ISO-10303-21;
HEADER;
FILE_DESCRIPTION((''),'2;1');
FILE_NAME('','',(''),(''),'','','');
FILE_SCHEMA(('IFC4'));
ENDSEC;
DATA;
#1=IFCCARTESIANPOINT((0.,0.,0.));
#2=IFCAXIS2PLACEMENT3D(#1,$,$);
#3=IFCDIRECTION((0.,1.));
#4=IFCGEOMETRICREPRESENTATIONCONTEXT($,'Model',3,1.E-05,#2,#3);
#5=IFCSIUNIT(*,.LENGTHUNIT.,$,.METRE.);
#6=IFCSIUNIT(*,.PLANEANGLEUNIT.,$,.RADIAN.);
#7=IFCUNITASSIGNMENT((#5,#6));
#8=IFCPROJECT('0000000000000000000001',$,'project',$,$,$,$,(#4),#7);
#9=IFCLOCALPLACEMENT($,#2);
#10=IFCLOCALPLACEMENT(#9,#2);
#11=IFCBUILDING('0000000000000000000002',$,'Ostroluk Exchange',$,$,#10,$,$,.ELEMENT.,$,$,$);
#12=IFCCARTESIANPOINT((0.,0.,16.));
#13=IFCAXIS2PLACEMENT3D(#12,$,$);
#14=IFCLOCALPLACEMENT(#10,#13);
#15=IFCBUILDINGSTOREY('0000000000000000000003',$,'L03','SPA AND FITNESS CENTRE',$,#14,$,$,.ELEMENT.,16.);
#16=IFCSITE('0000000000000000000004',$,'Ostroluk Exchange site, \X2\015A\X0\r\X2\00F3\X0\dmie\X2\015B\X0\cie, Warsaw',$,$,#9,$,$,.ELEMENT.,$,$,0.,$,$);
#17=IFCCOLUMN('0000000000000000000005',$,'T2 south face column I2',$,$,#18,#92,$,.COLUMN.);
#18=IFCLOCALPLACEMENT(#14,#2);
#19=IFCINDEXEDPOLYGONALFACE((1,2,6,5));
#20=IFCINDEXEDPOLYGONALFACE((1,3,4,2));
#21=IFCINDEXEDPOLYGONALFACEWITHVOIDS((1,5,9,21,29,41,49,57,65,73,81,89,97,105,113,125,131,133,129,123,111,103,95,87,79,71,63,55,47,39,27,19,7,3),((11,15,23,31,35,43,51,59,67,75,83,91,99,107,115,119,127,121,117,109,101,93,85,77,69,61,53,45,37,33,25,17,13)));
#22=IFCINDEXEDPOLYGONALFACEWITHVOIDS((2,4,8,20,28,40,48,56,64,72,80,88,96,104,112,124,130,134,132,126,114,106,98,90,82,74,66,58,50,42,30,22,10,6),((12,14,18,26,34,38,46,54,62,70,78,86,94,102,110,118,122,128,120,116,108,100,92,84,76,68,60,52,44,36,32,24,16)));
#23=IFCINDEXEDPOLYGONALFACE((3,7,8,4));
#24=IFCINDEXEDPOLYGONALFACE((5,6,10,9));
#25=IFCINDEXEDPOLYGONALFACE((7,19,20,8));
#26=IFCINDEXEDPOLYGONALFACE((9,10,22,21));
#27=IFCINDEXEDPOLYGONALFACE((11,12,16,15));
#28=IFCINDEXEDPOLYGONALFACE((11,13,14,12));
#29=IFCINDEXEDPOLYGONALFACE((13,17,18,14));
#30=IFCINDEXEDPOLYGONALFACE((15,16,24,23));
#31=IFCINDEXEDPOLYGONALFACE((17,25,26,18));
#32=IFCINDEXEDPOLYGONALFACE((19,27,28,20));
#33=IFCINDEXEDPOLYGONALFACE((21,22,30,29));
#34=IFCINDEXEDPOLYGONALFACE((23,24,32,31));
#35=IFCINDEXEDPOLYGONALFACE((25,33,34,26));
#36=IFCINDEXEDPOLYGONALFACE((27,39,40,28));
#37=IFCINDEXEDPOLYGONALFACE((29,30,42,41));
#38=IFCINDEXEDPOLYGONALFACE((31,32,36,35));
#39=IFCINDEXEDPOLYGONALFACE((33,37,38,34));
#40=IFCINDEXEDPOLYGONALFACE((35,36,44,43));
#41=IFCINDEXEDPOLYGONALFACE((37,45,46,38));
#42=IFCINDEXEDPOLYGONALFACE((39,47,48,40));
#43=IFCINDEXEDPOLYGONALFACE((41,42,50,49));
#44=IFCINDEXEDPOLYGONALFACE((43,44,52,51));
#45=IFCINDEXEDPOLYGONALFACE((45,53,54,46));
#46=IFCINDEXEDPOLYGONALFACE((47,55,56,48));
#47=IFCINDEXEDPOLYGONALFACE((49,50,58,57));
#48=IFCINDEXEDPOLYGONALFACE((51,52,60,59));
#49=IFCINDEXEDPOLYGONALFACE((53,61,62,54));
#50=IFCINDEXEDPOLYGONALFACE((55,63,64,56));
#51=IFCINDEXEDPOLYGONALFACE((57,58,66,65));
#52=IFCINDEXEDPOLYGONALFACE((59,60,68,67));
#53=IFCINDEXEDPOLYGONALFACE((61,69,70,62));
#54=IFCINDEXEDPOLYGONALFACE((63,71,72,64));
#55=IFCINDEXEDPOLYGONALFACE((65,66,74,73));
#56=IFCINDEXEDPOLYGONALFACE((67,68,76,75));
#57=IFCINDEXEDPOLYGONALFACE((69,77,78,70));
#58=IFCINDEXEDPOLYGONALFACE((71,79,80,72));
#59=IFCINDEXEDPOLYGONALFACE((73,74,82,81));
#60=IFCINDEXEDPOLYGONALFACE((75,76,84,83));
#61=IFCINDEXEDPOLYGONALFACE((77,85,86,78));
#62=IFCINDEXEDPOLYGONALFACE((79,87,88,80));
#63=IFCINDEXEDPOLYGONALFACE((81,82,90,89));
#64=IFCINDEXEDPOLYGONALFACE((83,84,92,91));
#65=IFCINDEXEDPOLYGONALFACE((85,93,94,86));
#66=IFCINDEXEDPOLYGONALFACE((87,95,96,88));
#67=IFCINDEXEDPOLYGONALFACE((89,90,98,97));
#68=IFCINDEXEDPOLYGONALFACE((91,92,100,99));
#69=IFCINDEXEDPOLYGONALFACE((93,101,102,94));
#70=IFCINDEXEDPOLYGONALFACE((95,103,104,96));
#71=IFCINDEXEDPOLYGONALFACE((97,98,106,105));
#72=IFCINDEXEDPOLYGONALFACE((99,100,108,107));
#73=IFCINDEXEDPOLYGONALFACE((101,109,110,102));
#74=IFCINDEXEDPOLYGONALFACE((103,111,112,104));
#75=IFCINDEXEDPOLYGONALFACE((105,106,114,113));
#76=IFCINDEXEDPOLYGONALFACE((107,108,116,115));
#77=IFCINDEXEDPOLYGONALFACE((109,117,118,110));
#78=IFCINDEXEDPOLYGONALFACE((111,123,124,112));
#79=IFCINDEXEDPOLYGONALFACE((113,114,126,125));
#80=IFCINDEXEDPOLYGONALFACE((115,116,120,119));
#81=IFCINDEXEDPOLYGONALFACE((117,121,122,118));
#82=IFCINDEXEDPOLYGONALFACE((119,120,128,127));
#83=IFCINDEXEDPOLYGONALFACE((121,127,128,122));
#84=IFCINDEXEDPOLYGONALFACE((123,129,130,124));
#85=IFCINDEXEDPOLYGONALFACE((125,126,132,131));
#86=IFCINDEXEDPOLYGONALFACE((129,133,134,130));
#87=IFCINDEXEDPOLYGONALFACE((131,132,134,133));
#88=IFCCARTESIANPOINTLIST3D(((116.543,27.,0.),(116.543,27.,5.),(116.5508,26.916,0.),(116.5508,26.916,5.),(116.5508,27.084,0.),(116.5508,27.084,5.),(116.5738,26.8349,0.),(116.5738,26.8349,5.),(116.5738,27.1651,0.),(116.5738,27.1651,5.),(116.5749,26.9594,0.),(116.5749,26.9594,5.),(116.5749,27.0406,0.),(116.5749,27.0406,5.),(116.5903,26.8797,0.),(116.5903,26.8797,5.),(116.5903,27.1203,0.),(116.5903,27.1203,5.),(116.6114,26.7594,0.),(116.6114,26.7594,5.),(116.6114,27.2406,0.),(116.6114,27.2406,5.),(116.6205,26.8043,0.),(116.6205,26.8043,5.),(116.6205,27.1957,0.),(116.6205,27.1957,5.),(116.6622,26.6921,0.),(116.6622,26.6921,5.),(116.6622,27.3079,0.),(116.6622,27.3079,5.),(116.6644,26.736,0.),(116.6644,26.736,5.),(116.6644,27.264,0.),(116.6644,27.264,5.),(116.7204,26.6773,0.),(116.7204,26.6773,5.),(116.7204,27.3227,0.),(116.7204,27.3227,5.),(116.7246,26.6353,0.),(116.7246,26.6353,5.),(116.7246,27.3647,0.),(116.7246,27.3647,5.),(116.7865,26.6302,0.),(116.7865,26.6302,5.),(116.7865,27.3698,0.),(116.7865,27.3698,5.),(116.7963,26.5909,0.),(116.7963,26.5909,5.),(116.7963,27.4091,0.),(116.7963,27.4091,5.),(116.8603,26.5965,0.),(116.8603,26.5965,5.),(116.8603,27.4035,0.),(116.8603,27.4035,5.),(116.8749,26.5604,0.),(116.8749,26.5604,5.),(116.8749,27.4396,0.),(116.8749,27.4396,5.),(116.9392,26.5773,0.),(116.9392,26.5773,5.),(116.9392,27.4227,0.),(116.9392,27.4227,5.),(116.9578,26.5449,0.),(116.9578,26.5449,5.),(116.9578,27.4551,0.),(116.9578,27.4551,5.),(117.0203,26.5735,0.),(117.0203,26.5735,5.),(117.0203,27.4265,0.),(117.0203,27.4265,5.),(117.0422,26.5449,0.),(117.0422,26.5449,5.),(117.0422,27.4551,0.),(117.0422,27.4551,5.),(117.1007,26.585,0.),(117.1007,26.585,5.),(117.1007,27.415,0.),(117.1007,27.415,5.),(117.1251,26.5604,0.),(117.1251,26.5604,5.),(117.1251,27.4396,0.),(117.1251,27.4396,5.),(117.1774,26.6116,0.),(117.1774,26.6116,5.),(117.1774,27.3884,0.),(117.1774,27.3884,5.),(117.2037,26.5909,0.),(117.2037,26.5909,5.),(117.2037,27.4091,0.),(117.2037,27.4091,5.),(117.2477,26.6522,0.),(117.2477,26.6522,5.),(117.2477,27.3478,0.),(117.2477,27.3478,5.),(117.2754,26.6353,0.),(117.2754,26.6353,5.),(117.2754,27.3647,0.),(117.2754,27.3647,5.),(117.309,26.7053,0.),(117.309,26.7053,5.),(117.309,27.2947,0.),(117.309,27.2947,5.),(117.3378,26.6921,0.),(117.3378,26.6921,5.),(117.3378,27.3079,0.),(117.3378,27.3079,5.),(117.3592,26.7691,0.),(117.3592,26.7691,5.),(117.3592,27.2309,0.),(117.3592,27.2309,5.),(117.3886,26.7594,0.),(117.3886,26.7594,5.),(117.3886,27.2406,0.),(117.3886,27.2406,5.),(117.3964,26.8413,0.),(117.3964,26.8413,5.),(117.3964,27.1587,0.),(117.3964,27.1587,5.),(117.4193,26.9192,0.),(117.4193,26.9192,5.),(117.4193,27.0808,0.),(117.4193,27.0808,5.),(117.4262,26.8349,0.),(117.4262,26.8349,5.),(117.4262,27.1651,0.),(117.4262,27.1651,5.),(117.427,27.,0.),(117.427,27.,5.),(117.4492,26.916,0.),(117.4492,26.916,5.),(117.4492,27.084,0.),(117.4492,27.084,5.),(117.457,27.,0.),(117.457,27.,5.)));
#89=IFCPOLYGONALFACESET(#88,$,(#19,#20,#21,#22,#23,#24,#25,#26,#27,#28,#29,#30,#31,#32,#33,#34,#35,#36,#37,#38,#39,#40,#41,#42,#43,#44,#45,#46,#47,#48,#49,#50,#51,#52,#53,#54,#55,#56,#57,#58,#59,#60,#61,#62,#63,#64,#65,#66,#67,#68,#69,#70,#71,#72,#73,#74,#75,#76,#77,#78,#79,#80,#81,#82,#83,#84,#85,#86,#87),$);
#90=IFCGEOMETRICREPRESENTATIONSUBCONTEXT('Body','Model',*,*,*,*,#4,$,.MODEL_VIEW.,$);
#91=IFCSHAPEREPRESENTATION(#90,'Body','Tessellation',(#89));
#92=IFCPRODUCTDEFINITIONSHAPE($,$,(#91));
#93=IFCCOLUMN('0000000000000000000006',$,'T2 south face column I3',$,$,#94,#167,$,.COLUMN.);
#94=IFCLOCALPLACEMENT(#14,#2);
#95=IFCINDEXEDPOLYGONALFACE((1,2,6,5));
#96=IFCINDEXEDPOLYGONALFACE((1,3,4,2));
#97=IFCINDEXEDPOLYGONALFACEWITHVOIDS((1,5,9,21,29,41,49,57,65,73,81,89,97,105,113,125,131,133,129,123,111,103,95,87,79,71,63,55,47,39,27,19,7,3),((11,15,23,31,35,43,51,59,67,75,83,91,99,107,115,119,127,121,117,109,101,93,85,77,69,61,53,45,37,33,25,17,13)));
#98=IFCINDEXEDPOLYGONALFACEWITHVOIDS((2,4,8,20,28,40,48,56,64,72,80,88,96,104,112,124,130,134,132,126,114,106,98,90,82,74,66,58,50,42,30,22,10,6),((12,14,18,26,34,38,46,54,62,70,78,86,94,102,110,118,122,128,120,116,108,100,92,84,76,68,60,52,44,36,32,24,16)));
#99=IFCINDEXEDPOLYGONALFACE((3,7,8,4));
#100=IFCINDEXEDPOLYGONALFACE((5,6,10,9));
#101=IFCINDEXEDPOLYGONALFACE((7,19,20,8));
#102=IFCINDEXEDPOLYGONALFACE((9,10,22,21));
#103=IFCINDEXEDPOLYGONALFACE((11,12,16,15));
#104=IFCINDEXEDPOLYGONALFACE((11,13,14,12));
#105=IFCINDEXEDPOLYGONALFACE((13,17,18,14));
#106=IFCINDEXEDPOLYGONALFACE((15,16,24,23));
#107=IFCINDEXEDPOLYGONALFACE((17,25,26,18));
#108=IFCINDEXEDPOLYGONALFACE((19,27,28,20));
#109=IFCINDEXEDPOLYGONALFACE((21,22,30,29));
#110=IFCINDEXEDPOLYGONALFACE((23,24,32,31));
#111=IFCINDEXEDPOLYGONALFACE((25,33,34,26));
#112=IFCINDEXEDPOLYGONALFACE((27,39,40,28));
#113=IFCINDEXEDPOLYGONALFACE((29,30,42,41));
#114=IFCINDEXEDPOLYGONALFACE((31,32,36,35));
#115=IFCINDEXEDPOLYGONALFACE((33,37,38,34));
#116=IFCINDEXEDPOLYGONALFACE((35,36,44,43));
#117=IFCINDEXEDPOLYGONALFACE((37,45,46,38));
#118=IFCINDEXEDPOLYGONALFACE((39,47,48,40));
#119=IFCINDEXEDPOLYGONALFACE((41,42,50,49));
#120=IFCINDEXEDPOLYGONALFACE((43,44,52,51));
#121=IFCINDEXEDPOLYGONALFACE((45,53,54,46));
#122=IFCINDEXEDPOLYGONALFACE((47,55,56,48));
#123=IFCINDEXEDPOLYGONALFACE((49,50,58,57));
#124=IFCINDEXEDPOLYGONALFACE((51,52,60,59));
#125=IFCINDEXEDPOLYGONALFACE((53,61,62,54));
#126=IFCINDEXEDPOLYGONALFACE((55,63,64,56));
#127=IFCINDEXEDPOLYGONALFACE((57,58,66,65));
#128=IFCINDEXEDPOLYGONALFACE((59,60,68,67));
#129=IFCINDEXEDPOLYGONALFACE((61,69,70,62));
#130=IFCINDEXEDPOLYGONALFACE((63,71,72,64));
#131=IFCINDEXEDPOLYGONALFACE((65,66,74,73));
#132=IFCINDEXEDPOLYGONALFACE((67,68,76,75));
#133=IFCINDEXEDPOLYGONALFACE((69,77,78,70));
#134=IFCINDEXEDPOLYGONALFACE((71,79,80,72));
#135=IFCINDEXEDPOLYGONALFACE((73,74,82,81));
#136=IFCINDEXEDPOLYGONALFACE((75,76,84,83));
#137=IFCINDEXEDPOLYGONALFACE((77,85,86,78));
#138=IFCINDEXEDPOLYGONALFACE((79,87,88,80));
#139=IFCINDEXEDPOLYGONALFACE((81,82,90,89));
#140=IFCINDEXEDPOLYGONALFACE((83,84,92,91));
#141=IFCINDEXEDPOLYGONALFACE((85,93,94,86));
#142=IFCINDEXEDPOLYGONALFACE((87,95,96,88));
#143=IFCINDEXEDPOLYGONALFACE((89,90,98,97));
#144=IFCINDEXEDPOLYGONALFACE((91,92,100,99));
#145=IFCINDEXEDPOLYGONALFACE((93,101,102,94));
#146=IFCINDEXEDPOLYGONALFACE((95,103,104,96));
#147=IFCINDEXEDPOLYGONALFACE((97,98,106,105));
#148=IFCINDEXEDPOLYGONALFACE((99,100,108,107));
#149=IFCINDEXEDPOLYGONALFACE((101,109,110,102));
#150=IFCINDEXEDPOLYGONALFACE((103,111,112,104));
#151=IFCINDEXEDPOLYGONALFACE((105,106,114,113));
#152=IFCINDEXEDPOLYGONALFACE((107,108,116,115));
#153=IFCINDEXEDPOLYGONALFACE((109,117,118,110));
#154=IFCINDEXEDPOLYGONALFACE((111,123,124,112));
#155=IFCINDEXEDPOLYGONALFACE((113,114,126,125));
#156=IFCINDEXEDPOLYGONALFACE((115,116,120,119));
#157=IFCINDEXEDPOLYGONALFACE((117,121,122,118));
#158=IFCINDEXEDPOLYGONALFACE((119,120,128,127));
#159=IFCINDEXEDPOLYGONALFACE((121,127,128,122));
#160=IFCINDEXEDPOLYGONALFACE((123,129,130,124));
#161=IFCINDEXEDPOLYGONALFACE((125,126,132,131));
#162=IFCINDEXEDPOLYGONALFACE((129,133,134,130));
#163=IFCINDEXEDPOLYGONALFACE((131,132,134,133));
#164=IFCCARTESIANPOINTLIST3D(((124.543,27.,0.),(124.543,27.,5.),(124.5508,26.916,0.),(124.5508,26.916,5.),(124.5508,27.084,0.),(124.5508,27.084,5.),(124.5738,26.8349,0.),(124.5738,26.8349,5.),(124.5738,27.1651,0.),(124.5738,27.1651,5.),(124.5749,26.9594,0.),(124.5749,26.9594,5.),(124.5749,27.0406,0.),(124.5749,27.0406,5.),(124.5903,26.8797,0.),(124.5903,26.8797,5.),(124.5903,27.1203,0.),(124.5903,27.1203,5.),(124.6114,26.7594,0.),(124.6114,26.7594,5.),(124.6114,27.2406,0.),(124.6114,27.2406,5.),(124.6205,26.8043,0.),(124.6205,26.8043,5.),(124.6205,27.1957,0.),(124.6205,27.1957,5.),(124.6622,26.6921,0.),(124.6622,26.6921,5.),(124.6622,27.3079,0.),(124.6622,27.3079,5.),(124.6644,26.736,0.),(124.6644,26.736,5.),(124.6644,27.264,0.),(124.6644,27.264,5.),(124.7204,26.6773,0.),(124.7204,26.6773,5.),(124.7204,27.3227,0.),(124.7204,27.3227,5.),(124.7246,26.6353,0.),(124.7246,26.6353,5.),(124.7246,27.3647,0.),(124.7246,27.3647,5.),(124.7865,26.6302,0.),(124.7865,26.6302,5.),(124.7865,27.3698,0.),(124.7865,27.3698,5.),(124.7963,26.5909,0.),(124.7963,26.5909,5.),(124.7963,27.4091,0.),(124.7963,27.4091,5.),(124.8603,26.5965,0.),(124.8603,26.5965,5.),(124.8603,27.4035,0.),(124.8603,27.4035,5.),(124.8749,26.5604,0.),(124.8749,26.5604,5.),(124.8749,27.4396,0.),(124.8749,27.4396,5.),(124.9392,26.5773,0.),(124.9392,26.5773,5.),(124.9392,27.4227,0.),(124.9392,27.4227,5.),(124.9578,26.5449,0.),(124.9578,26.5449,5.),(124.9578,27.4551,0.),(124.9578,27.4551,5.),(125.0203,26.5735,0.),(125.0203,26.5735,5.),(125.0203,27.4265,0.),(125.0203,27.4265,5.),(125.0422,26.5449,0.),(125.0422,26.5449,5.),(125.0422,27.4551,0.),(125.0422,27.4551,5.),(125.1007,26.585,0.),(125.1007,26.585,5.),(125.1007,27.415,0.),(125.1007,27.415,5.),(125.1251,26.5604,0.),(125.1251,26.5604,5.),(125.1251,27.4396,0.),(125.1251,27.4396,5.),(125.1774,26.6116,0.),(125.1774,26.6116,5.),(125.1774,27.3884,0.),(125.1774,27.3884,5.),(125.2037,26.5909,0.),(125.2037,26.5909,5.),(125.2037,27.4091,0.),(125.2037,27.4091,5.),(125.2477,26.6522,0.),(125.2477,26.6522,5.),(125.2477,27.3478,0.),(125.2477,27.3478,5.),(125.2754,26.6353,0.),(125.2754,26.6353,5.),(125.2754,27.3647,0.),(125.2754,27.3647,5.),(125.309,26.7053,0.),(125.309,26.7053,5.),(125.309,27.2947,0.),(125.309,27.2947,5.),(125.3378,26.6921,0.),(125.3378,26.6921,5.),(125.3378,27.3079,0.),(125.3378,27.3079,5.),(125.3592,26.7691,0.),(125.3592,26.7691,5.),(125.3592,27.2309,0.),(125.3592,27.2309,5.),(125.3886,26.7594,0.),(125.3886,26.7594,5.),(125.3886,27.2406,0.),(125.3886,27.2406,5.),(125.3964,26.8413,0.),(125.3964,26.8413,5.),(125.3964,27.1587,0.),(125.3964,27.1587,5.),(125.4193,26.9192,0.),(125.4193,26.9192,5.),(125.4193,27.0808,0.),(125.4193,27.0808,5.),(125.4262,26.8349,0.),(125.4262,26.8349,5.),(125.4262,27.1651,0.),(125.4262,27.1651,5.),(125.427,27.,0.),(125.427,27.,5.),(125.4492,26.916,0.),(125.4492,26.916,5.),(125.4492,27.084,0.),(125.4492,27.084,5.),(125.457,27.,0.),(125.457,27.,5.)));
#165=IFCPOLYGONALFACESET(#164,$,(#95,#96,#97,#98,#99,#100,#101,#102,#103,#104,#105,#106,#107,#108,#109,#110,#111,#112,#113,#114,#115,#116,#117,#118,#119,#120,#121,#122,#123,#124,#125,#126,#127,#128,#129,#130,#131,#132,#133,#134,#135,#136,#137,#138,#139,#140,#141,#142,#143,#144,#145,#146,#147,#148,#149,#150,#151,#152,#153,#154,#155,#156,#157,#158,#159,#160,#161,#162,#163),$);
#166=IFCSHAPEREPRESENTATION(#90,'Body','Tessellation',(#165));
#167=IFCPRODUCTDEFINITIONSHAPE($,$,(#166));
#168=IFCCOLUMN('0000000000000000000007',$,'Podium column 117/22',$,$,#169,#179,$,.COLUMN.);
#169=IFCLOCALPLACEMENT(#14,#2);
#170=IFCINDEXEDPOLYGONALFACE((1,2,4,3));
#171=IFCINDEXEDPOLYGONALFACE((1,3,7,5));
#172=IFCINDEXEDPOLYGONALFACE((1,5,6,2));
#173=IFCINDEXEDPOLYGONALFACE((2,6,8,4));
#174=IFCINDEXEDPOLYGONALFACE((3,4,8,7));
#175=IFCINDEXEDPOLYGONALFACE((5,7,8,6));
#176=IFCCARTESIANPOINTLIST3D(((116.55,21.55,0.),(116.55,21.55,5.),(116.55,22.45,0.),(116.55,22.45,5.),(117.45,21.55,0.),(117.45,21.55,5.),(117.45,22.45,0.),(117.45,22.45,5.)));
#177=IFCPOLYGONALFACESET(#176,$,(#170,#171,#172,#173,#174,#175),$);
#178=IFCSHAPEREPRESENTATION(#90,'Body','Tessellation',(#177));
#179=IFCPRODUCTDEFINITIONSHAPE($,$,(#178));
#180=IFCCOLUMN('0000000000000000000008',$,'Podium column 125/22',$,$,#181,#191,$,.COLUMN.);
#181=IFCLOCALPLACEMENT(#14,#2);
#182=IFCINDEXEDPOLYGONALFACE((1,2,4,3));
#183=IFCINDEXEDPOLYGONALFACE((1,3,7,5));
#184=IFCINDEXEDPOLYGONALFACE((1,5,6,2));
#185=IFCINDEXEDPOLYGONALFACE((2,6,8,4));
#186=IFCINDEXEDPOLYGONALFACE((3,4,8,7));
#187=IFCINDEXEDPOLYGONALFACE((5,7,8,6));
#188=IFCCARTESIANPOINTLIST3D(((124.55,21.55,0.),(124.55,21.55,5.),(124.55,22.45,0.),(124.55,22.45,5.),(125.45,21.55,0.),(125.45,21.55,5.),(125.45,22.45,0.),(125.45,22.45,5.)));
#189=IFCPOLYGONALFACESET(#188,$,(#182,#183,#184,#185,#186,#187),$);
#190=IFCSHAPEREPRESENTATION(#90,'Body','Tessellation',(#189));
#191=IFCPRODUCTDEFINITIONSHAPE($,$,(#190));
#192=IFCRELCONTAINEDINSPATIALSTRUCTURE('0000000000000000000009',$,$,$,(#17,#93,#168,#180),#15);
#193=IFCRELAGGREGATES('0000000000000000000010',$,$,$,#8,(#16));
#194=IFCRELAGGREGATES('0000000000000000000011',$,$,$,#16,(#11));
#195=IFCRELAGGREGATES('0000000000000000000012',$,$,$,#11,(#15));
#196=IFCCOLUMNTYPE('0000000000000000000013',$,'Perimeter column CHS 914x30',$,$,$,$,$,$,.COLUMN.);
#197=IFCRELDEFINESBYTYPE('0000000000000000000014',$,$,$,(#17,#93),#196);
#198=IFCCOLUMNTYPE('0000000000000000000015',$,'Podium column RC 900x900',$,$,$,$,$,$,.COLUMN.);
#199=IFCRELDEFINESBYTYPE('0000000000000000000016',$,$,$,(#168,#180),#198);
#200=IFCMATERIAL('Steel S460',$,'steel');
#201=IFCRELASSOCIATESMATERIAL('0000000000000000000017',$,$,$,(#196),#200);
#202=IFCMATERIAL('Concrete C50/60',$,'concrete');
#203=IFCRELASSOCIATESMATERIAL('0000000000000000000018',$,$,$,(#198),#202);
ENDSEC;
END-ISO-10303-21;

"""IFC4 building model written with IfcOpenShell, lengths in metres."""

from ifc_helpers import new_model, si_unit, direction, frame, origin, origin_2d, place, context, subcontext, project, spatial, rectangle, hollow_circle, extrude, material, material_profile, profile_set, type_object, element, save


model = new_model("IFC4")

# Units and contexts
model_context = context("Model", 3, precision=1e-05, world=origin(), true_north=direction((0.0, 1.0)))
body_context = subcontext(model_context, "Body", "Model", "MODEL_VIEW")
ifc_project = project(units=[si_unit("LENGTHUNIT", "METRE"), si_unit("PLANEANGLEUNIT", "RADIAN")], contexts=[model_context])

# Site, building, storey
site_placement = place(None, origin())
site = spatial("IfcSite", under=ifc_project, at=site_placement, Name="Ostroluk Exchange site, Śródmieście, Warsaw", CompositionType="ELEMENT", RefElevation=0.0)
building_placement = place(site_placement, origin())
building = spatial("IfcBuilding", under=site, at=building_placement, Name="Ostroluk Exchange", CompositionType="ELEMENT")
storey_placement = place(building_placement, frame((0.0, 0.0, 16.0)))
storey = spatial("IfcBuildingStorey", under=building, at=storey_placement, Name="L03", Description="SPA AND FITNESS CENTRE", CompositionType="ELEMENT", Elevation=16.0)

# Columns
ifc_material_1 = material(Name="Steel S460", Category="steel")
ifc_material_profile_1 = material_profile(ifc_material_1, hollow_circle(Radius=0.457, WallThickness=0.03, at=origin_2d()), Name="CHS 914x30")
ifc_profile_set_1 = profile_set([ifc_material_profile_1], Name="Steel S460")
column_type_1 = type_object("IfcColumnType", Name="Perimeter column CHS 914x30", PredefinedType="COLUMN", material=ifc_profile_set_1)
for number, where, z_axis, x_axis, name in (
    (1, (117.0, 27.0, 0.0), (0.0, 0.0, 1.0), (1.0, 0.0, 0.0), "T2 south face column I2"),
    (2, (125.0, 27.0, 0.0), (0.0, 0.0, 1.0), (1.0, 0.0, 0.0), "T2 south face column I3"),
):
    element("IfcColumn", number, at=place(storey_placement, frame(where, z_axis=z_axis, x_axis=x_axis)), inside=storey, type_object=column_type_1, Name=name, PredefinedType="COLUMN", context=body_context, shape_type="SweptSolid", body=[
        extrude(hollow_circle(Radius=0.457, WallThickness=0.03, at=origin_2d()), origin(), (0.0, 0.0, 1.0), 5.0),
    ])
ifc_material_2 = material(Name="Concrete C50/60", Category="concrete")
ifc_material_profile_2 = material_profile(ifc_material_2, rectangle(XDim=0.8999, YDim=0.8999, at=origin_2d()), Name="RC 900x900")
ifc_profile_set_2 = profile_set([ifc_material_profile_2], Name="Concrete C50/60")
column_type_2 = type_object("IfcColumnType", Name="Podium column RC 900x900", PredefinedType="COLUMN", material=ifc_profile_set_2)
for number, where, z_axis, x_axis, name in (
    (3, (117.0, 22.0, 0.0), (0.0, 0.0, 1.0), (1.0, 0.0, 0.0), "Podium column 117/22"),
    (4, (125.0, 22.0, 0.0), (0.0, 0.0, 1.0), (1.0, 0.0, 0.0), "Podium column 125/22"),
):
    element("IfcColumn", number, at=place(storey_placement, frame(where, z_axis=z_axis, x_axis=x_axis)), inside=storey, type_object=column_type_2, Name=name, PredefinedType="COLUMN", context=body_context, shape_type="SweptSolid", body=[
        extrude(rectangle(XDim=0.8999, YDim=0.8999, at=origin_2d()), origin(), (0.0, 0.0, 1.0), 5.0),
    ])

save(model, "model.ifc")
